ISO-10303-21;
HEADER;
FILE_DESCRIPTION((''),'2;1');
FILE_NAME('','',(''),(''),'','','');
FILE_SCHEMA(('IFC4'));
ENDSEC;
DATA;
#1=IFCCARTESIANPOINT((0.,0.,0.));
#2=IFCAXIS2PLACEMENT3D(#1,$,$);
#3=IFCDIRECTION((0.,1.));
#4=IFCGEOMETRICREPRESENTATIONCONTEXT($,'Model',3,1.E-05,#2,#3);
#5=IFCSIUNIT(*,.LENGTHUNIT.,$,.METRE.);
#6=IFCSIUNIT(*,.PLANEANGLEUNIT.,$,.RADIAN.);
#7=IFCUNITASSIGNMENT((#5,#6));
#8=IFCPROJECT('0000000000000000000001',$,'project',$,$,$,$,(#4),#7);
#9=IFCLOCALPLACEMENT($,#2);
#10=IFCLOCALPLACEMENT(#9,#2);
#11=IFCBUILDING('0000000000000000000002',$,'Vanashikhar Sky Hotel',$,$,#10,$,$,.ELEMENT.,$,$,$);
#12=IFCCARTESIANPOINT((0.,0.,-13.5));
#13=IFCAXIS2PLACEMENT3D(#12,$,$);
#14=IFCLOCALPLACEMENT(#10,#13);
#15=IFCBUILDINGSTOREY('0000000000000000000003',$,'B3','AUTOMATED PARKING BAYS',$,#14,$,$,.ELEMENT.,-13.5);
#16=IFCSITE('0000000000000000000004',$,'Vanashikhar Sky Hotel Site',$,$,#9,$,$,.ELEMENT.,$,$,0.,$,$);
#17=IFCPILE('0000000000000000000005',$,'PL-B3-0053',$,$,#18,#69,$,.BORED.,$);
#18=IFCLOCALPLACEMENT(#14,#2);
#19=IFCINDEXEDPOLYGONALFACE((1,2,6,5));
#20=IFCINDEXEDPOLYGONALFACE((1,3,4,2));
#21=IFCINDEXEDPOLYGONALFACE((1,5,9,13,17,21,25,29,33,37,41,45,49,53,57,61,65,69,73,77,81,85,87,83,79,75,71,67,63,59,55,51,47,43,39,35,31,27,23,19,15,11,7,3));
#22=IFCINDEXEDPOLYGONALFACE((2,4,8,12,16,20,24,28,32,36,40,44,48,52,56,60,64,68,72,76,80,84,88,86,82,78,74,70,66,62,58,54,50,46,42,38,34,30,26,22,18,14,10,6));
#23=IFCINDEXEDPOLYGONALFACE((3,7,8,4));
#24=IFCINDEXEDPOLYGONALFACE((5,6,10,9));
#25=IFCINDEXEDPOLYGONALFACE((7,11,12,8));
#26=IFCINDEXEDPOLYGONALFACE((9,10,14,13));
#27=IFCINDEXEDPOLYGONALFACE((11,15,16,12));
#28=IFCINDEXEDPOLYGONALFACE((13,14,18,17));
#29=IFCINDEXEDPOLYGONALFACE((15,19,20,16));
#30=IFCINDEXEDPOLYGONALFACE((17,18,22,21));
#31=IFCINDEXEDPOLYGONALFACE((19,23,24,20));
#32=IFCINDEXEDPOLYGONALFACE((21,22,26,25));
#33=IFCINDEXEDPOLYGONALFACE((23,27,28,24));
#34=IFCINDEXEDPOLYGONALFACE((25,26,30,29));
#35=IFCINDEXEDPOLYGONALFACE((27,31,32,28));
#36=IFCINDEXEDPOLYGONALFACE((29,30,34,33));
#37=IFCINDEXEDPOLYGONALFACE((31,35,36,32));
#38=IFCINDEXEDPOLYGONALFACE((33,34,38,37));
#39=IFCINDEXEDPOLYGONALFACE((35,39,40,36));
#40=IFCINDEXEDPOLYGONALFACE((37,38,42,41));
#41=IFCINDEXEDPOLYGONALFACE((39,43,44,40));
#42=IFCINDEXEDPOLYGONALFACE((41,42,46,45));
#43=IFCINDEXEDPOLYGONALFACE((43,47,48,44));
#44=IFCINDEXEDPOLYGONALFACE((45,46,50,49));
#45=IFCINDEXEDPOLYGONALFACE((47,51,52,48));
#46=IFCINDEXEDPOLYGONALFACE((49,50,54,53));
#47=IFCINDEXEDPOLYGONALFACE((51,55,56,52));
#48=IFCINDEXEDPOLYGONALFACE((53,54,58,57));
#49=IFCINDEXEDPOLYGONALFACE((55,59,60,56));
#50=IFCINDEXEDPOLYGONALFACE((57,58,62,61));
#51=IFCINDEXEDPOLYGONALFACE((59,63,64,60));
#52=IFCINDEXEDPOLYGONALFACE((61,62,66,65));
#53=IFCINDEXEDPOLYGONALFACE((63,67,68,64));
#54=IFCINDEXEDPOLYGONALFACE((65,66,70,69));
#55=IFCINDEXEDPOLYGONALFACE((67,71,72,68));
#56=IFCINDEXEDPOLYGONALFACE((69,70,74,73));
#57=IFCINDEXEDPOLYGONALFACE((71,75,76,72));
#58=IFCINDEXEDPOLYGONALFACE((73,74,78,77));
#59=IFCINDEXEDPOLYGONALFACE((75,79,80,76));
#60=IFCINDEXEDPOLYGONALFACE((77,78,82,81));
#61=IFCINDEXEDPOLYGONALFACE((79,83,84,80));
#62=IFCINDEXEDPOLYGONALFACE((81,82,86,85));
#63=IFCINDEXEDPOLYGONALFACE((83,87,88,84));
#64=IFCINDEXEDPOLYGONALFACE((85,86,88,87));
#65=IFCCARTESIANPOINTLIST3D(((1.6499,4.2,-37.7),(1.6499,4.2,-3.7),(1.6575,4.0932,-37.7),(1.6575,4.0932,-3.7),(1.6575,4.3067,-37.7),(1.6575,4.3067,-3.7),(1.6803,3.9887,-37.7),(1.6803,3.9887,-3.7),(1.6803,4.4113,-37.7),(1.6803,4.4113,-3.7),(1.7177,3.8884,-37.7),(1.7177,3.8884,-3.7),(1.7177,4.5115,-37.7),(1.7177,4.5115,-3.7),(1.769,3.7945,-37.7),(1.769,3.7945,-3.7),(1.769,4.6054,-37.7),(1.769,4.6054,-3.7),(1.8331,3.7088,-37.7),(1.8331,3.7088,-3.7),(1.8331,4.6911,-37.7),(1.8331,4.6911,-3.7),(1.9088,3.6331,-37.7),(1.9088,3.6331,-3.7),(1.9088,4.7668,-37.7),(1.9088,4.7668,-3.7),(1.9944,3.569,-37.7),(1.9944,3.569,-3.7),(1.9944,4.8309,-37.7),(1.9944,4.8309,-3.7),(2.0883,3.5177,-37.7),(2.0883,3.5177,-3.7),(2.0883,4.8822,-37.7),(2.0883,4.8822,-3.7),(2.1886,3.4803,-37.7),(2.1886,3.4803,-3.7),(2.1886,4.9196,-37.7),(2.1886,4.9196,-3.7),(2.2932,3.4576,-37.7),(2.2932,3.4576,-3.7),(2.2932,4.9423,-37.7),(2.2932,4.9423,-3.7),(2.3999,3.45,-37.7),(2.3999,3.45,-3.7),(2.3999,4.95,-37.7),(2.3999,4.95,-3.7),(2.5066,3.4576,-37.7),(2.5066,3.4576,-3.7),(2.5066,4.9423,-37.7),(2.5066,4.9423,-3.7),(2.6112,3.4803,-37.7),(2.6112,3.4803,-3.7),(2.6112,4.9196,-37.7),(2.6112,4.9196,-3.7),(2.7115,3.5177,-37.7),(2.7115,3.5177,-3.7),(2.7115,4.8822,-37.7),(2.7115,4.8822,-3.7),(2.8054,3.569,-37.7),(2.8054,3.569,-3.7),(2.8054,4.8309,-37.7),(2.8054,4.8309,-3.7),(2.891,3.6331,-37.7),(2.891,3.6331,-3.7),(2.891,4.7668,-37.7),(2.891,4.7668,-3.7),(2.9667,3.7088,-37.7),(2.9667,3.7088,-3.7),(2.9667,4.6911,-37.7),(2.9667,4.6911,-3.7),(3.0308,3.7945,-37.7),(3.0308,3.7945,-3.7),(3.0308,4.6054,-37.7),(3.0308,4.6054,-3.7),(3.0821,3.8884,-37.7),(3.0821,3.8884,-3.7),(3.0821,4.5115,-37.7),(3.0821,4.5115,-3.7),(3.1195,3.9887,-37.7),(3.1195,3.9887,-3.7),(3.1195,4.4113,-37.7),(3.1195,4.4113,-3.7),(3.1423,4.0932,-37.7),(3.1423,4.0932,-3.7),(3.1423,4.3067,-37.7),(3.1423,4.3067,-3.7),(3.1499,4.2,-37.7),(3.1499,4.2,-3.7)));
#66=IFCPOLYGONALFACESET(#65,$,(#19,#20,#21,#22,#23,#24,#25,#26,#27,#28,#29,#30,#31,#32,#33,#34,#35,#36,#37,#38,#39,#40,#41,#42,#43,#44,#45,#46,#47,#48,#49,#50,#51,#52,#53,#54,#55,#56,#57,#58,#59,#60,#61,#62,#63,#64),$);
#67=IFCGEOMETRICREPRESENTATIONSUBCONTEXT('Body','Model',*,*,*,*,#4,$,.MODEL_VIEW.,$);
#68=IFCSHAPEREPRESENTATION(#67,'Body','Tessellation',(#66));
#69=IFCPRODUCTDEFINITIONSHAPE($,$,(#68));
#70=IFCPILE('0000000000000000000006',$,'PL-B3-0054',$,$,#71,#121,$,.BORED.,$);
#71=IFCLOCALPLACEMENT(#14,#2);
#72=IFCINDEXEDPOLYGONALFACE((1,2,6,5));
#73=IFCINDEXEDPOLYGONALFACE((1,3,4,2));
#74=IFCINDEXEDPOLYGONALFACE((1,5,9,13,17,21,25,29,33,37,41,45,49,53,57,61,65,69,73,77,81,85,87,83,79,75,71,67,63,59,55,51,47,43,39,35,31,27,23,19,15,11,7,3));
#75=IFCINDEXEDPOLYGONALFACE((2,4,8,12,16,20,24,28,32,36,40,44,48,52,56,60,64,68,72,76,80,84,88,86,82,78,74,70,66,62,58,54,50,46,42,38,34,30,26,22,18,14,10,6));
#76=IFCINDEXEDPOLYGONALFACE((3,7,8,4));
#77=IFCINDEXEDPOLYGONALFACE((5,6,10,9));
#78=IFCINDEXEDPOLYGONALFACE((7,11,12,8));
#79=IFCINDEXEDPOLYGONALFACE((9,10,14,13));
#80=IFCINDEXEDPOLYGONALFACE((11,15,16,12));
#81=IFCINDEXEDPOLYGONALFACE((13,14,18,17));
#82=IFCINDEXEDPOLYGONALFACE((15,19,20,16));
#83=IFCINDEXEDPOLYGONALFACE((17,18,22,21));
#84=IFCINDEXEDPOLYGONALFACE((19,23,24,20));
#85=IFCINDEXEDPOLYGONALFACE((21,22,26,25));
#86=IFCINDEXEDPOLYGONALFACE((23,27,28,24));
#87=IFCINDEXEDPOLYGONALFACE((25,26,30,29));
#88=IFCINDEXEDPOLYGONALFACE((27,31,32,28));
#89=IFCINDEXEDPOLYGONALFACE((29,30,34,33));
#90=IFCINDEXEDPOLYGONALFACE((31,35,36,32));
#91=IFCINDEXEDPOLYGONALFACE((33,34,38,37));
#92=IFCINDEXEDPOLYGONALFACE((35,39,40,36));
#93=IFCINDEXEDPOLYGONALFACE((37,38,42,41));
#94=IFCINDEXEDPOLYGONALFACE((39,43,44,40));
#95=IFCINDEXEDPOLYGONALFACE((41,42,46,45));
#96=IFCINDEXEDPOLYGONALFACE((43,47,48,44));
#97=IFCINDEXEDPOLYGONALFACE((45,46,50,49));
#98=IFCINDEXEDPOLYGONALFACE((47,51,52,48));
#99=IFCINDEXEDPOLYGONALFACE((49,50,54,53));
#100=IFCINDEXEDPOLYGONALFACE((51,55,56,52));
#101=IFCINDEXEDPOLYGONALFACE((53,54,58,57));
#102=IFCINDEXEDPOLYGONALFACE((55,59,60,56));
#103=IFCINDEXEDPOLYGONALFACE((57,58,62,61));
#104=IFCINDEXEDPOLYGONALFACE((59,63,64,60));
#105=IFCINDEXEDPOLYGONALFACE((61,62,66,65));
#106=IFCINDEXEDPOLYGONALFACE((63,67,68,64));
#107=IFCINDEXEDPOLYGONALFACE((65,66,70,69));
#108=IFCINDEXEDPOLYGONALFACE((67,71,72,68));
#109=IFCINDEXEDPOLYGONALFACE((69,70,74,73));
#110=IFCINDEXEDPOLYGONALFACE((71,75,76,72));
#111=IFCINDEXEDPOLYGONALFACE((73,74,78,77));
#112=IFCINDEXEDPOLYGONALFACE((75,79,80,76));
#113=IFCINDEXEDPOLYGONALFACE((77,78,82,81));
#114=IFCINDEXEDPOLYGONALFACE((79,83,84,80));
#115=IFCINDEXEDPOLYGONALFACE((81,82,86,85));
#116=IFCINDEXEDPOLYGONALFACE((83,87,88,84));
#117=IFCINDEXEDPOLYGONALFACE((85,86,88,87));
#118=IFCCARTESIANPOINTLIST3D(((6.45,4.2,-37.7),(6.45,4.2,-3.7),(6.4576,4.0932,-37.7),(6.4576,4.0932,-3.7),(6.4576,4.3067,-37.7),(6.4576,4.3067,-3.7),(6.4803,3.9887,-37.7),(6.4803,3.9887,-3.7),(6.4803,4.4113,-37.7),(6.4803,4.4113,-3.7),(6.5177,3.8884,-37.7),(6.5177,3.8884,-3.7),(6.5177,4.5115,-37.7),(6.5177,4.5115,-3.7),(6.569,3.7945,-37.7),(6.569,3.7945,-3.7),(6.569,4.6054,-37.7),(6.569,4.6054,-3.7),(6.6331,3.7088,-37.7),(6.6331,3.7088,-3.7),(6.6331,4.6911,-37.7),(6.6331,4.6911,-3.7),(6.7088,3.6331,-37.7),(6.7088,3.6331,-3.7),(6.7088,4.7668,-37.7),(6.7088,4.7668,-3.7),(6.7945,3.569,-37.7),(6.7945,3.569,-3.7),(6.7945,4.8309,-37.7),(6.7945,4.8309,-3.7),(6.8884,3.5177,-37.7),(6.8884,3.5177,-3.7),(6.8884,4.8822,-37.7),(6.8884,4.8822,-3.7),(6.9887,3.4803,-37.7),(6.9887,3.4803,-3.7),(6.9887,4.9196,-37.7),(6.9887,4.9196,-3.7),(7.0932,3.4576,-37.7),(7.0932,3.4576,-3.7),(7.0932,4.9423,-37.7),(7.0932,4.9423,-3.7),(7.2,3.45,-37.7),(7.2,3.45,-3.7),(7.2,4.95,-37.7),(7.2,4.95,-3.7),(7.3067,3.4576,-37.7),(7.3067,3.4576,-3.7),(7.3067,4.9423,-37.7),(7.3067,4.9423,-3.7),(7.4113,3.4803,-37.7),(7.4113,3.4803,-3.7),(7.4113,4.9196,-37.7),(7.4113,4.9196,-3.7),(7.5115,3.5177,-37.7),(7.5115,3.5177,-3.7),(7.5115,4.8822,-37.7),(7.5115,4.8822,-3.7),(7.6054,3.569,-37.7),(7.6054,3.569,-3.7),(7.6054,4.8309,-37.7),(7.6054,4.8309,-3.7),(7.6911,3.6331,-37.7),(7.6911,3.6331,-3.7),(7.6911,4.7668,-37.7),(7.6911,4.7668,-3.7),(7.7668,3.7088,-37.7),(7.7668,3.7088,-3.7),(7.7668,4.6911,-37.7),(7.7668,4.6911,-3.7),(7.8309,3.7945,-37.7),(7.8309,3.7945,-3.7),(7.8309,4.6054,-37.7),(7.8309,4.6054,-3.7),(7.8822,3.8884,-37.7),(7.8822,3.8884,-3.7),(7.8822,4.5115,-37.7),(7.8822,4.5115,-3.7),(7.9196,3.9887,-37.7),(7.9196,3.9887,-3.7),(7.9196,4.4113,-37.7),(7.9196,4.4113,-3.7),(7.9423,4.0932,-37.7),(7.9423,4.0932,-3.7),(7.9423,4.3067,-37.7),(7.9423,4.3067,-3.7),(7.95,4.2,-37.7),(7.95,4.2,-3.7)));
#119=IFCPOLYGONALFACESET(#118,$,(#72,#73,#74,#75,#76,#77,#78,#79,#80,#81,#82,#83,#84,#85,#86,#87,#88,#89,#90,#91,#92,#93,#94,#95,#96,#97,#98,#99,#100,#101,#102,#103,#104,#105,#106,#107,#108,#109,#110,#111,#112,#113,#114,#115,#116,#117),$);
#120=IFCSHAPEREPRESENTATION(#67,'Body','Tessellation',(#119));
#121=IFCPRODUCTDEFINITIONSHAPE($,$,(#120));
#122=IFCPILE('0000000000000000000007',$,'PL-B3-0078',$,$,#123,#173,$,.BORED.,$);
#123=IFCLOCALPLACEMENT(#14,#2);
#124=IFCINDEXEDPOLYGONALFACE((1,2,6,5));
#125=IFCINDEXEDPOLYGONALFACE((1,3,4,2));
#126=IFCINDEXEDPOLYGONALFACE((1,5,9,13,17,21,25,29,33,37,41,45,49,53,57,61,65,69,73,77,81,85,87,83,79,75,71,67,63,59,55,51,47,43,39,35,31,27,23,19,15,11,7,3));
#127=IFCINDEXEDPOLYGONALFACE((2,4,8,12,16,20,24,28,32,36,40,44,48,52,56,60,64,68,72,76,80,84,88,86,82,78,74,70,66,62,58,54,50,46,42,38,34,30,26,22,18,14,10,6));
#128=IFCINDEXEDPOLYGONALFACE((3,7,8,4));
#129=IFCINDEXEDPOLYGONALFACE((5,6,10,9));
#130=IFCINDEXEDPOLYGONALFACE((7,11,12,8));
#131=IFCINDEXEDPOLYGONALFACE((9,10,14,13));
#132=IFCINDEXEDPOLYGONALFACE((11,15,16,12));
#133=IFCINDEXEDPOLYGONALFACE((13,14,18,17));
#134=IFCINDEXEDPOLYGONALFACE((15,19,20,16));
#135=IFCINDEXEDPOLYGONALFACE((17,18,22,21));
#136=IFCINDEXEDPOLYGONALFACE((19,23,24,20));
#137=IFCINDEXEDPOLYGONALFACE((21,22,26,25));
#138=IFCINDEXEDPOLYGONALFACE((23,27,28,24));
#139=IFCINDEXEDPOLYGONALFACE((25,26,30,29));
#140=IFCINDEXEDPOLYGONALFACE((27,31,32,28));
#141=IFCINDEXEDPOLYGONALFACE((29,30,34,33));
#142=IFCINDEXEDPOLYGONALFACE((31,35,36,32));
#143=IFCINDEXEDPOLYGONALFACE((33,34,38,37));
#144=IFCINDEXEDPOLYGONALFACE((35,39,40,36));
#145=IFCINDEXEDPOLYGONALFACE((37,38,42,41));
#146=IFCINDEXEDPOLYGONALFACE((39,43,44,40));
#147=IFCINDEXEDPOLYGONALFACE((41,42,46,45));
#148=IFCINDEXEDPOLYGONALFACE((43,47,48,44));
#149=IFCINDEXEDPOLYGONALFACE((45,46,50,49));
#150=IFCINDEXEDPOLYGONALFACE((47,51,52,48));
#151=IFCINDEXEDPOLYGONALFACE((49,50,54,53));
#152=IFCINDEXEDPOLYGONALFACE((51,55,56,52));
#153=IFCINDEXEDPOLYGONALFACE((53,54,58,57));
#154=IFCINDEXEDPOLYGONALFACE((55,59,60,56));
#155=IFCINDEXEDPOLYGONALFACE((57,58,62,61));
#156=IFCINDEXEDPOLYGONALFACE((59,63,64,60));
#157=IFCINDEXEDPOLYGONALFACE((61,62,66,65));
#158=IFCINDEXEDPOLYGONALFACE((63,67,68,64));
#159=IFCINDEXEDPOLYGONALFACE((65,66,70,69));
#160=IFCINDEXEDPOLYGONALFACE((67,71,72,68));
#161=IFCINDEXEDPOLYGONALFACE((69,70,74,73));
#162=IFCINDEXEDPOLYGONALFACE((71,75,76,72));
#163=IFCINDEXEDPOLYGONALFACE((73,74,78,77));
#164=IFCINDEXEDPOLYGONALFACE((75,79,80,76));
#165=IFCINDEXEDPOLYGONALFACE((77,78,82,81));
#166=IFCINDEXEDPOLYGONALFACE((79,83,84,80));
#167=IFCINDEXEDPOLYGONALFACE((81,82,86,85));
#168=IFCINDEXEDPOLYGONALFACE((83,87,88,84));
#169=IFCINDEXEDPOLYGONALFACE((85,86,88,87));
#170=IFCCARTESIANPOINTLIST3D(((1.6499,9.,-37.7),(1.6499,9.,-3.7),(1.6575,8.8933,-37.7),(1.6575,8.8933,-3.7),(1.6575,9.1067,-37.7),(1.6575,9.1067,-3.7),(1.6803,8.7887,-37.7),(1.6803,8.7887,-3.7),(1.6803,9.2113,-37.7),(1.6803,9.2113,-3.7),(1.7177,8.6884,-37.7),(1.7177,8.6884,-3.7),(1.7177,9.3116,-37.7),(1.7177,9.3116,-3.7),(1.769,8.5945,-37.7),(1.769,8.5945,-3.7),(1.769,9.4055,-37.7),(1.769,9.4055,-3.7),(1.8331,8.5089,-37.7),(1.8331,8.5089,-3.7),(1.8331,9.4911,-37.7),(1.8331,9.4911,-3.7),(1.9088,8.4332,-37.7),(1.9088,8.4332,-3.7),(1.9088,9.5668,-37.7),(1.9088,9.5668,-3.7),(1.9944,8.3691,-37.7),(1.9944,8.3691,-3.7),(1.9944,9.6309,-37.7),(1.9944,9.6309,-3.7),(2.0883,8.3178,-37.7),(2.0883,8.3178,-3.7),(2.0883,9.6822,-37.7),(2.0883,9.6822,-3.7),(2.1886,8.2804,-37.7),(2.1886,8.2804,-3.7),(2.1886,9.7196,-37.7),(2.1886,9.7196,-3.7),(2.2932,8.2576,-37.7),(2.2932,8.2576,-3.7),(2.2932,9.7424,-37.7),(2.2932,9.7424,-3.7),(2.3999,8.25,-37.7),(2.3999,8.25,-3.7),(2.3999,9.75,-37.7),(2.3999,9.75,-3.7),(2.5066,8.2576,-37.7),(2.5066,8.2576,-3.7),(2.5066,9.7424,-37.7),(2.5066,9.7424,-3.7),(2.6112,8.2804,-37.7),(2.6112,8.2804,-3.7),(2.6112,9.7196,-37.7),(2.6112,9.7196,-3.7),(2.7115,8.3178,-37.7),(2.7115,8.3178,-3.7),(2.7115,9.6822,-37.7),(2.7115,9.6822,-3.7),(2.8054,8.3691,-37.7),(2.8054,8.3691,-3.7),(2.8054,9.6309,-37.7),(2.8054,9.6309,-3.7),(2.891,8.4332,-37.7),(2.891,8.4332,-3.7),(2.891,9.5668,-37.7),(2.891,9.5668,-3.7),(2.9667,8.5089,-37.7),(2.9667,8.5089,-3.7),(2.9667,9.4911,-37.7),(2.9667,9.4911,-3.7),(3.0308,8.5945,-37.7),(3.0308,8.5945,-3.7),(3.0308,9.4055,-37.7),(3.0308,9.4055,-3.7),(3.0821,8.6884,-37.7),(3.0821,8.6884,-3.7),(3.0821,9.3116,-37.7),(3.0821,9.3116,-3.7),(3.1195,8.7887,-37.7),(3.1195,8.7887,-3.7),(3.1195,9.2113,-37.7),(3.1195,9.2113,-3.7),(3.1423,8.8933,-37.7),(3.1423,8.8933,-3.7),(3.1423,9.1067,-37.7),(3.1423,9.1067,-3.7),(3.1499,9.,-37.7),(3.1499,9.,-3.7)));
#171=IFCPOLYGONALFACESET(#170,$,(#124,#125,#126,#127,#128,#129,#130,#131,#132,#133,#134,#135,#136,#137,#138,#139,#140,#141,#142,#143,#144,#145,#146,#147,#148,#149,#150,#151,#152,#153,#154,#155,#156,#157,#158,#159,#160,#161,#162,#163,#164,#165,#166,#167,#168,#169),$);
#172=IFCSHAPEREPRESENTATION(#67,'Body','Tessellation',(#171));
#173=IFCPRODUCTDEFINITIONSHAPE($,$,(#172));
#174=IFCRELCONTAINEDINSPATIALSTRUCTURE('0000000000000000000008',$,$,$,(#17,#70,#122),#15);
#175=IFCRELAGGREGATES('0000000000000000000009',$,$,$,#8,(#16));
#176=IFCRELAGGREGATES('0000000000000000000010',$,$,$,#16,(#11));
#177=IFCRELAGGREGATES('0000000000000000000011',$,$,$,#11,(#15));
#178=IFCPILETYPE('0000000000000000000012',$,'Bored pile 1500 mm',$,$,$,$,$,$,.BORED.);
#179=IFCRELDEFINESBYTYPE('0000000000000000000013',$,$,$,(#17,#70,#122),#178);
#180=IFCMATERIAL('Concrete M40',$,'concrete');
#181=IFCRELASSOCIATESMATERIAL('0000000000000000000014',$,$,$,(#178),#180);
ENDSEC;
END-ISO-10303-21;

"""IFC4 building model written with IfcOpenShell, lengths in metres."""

from ifc_helpers import new_model, si_unit, direction, frame, origin, origin_2d, place, context, subcontext, project, spatial, circle, extrude, source, transform, mapped, material, type_object, element, save


model = new_model("IFC4")

# Units and contexts
model_context = context("Model", 3, precision=1e-05, world=origin(), true_north=direction((0.0, 1.0)))
body_context = subcontext(model_context, "Body", "Model", "MODEL_VIEW")
ifc_project = project(units=[si_unit("LENGTHUNIT", "METRE"), si_unit("PLANEANGLEUNIT", "RADIAN")], contexts=[model_context])

# Site, building, storey
site_placement = place(None, origin())
site = spatial("IfcSite", under=ifc_project, at=site_placement, Name="Vanashikhar Sky Hotel Site", CompositionType="ELEMENT", RefElevation=0.0)
building_placement = place(site_placement, origin())
building = spatial("IfcBuilding", under=site, at=building_placement, Name="Vanashikhar Sky Hotel", CompositionType="ELEMENT")
storey_placement = place(building_placement, frame((0.0, 0.0, -13.5)))
storey = spatial("IfcBuildingStorey", under=building, at=storey_placement, Name="B3", Description="AUTOMATED PARKING BAYS", CompositionType="ELEMENT", Elevation=-13.5)

# Piles
ifc_material_1 = material(Name="Concrete M40", Category="concrete")
pile_type = type_object("IfcPileType", Name="Bored pile 1500 mm", PredefinedType="BORED", material=ifc_material_1)
shared_shape_1 = source(origin(), body_context, "Body", "SweptSolid", [
    extrude(circle(Radius=0.75, at=origin_2d()), origin(), (0.0, 0.0, 1.0), 34.0),
])
for number, where, z_axis, x_axis, name in (
    (1, (2.3999, 4.2, -3.7), (0.0, 0.0, -1.0), (1.0, 0.0, 0.0), "PL-B3-0053"),
    (2, (7.2, 4.2, -3.7), (0.0, 0.0, -1.0), (1.0, 0.0, 0.0), "PL-B3-0054"),
    (3, (2.3999, 9.0, -3.7), (0.0, 0.0, -1.0), (1.0, 0.0, 0.0), "PL-B3-0078"),
):
    element("IfcPile", number, at=place(storey_placement, frame(where, z_axis=z_axis, x_axis=x_axis)), inside=storey, type_object=pile_type, Name=name, PredefinedType="BORED", context=body_context, shape_type="MappedRepresentation", body=[
        mapped(shared_shape_1, transform((0.0, 0.0, 0.0), scale=1.0)),
    ])

save(model, "model.ifc")
